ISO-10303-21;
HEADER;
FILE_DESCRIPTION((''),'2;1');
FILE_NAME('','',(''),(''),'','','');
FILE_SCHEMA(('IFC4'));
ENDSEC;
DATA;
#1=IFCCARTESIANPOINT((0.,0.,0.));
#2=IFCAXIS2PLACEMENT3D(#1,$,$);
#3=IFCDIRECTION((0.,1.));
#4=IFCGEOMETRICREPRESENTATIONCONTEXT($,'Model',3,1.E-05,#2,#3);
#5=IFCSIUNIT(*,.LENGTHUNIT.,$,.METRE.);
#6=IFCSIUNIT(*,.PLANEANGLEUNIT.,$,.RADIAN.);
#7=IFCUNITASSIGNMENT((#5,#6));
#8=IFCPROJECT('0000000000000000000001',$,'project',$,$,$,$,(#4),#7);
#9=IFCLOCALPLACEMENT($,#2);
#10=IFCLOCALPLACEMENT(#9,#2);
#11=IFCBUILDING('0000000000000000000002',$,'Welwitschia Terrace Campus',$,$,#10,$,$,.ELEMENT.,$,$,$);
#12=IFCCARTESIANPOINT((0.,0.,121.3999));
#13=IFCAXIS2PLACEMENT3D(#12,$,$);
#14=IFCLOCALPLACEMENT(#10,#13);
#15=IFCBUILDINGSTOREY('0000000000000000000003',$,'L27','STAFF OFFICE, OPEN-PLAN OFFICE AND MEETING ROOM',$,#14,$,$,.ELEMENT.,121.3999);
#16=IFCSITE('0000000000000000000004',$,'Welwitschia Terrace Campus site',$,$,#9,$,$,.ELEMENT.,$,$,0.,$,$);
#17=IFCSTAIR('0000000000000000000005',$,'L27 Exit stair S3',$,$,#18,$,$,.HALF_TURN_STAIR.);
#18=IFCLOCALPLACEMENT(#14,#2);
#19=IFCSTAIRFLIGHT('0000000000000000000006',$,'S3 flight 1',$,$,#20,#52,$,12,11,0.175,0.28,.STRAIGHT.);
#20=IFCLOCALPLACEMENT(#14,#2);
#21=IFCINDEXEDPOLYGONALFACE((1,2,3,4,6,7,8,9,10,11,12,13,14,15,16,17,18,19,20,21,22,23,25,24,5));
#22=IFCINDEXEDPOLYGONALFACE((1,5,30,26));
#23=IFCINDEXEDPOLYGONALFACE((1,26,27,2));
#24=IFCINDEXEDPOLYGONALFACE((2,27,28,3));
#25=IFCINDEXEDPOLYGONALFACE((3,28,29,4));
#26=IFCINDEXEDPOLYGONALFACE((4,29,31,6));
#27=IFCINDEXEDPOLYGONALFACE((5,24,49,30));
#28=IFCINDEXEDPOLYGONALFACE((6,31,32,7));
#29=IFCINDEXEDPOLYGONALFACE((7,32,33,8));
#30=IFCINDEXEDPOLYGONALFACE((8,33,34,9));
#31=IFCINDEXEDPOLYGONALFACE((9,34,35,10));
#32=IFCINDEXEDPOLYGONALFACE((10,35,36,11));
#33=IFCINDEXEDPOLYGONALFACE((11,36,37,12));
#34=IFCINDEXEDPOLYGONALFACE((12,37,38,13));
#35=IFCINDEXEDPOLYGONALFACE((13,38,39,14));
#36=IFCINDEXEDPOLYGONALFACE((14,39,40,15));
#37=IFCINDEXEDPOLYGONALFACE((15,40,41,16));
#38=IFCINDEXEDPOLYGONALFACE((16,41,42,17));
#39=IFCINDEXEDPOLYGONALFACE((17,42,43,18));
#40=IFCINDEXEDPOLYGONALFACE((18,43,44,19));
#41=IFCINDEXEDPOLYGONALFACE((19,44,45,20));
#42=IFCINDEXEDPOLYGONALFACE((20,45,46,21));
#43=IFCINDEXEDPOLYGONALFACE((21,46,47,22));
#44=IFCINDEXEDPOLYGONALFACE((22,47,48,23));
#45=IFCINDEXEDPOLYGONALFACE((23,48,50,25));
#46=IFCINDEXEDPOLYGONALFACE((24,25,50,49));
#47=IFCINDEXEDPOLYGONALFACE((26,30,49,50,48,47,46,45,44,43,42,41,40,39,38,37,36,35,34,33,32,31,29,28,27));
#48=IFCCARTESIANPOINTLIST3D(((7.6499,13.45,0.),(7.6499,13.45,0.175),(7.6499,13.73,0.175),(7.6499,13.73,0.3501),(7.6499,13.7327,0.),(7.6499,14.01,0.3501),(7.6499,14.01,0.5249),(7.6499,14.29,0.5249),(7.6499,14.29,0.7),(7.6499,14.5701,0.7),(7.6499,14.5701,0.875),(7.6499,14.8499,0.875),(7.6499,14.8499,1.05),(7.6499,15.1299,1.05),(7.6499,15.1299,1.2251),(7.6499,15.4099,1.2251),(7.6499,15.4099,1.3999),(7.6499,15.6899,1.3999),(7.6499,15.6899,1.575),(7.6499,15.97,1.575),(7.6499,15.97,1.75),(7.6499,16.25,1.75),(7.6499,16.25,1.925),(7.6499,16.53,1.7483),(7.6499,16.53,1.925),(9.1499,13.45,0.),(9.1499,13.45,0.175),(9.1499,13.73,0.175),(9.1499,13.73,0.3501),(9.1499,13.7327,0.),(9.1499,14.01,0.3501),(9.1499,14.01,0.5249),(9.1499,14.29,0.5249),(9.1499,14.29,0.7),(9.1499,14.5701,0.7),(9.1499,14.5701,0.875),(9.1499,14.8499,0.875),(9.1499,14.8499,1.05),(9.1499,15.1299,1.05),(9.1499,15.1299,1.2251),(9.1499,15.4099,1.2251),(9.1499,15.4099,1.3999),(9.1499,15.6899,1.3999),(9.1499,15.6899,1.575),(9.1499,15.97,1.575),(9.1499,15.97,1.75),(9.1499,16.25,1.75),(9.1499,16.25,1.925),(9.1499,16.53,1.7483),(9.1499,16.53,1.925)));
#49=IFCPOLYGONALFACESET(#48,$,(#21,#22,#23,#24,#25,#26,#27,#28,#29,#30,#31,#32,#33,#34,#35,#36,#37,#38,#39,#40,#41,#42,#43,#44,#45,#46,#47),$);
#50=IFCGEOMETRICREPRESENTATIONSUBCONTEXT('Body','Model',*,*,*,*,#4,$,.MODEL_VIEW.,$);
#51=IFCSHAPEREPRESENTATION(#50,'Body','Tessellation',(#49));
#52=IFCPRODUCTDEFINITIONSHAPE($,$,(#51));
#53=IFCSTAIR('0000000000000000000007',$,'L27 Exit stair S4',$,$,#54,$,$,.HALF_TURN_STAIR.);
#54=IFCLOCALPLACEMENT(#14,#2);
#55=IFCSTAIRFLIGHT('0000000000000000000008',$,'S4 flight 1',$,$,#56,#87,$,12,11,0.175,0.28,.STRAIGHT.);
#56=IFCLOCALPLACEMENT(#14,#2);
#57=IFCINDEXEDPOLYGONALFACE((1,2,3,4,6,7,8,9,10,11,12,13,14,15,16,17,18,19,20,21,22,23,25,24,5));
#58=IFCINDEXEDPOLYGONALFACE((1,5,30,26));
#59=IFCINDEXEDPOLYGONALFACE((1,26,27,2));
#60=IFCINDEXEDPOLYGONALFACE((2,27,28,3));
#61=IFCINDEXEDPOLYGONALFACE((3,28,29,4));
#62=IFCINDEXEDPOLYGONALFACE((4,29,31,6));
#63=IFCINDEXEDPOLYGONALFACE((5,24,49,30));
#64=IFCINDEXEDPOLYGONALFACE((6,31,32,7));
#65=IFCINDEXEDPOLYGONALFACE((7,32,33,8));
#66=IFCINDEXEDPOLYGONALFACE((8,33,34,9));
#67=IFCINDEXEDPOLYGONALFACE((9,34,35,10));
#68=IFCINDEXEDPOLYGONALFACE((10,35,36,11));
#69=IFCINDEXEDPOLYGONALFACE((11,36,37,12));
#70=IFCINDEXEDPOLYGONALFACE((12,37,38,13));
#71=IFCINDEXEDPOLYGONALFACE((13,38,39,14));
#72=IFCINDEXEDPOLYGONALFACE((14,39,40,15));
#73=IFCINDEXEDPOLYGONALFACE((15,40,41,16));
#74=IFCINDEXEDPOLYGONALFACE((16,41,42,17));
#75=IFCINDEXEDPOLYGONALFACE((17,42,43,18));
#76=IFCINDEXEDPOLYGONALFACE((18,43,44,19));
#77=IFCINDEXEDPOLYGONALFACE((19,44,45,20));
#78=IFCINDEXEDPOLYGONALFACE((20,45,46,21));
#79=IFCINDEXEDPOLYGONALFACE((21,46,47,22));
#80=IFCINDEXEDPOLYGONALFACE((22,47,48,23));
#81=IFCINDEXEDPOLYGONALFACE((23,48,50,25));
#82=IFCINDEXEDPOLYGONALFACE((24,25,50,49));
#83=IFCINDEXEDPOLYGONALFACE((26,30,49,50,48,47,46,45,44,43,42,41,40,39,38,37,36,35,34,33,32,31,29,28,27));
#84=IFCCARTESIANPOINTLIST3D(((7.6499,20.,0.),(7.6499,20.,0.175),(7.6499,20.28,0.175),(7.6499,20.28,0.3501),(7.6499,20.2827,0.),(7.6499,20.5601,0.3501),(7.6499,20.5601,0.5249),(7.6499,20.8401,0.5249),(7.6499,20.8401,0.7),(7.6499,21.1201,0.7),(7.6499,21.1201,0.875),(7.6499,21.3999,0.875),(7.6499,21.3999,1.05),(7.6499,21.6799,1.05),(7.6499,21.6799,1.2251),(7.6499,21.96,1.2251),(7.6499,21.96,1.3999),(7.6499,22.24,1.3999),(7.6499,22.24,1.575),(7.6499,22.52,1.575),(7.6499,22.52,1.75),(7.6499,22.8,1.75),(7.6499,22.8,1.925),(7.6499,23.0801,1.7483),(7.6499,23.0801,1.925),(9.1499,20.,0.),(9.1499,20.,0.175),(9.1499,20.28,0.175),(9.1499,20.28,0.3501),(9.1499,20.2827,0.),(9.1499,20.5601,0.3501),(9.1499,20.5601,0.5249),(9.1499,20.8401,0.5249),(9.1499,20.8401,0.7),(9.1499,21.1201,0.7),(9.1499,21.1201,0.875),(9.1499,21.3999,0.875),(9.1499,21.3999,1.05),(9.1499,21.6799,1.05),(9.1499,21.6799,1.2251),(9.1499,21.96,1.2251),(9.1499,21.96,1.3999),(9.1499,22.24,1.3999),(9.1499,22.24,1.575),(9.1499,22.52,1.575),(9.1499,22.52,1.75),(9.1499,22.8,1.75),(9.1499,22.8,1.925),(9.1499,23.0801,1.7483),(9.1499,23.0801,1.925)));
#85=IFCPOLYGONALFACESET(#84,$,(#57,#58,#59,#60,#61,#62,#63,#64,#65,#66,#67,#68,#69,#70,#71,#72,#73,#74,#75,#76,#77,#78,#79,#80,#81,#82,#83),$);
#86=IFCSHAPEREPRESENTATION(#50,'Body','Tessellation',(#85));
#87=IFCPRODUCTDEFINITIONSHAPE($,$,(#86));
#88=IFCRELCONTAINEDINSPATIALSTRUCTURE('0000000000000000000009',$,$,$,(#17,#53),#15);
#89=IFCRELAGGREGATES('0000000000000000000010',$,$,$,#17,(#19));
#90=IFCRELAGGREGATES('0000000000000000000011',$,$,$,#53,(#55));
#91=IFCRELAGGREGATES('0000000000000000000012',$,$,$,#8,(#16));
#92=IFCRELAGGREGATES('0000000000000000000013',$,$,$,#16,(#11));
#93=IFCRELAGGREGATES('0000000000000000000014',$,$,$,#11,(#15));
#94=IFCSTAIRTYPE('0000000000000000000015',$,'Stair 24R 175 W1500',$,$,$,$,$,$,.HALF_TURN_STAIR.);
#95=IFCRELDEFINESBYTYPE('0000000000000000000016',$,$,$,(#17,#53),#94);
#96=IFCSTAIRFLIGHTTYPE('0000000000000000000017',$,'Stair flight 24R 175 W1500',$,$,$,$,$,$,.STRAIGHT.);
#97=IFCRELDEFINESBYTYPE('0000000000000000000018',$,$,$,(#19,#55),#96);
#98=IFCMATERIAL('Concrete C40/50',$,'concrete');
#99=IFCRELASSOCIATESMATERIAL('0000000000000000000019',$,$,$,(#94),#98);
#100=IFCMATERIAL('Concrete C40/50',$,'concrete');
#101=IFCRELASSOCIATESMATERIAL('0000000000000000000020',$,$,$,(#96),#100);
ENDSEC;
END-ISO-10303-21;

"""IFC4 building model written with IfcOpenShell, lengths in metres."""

from ifc_helpers import new_model, si_unit, direction, frame, origin, place, context, subcontext, project, spatial, polyline, outline, extrude, material, type_object, element, aggregate, save


model = new_model("IFC4")

# Units and contexts
model_context = context("Model", 3, precision=1e-05, world=origin(), true_north=direction((0.0, 1.0)))
body_context = subcontext(model_context, "Body", "Model", "MODEL_VIEW")
ifc_project = project(units=[si_unit("LENGTHUNIT", "METRE"), si_unit("PLANEANGLEUNIT", "RADIAN")], contexts=[model_context])

# Site, building, storey
site_placement = place(None, origin())
site = spatial("IfcSite", under=ifc_project, at=site_placement, Name="Welwitschia Terrace Campus site", CompositionType="ELEMENT", RefElevation=0.0)
building_placement = place(site_placement, origin())
building = spatial("IfcBuilding", under=site, at=building_placement, Name="Welwitschia Terrace Campus", CompositionType="ELEMENT")
storey_placement = place(building_placement, frame((0.0, 0.0, 121.3999)))
storey = spatial("IfcBuildingStorey", under=building, at=storey_placement, Name="L27", Description="STAFF OFFICE, OPEN-PLAN OFFICE AND MEETING ROOM", CompositionType="ELEMENT", Elevation=121.3999)

# Stairs, stair flights
ifc_material_1 = material(Name="Concrete C40/50", Category="concrete")
stair_type = type_object("IfcStairType", Name="Stair 24R 175 W1500", PredefinedType="HALF_TURN_STAIR", material=ifc_material_1)
stair_1_placement = place(storey_placement, origin())
stair_1 = element("IfcStair", 1, at=stair_1_placement, inside=storey, type_object=stair_type, Name="L27 Exit stair S3", PredefinedType="HALF_TURN_STAIR")
ifc_material_2 = material(Name="Concrete C40/50", Category="concrete")
stair_flight_type = type_object("IfcStairFlightType", Name="Stair flight 24R 175 W1500", PredefinedType="STRAIGHT", material=ifc_material_2)
stair_flight_1_placement = place(storey_placement, frame((8.3999, 13.45, 0.0), z_axis=(0.0, 0.0, 1.0), x_axis=(0.0, 1.0, 0.0)))
stair_flight_1 = element("IfcStairFlight", 2, at=stair_flight_1_placement, type_object=stair_flight_type, Name="S3 flight 1", NumberOfRisers=12, NumberOfTreads=11, PredefinedType="STRAIGHT", RiserHeight=0.175, TreadLength=0.28, context=body_context, shape_type="SweptSolid", body=[
    extrude(outline(polyline([(0.0, 0.0), (0.0, 0.175), (0.28, 0.175), (0.28, 0.3501), (0.5601, 0.3501), (0.5601, 0.5249), (0.8401, 0.5249), (0.8401, 0.7), (1.1201, 0.7), (1.1201, 0.875), (1.3999, 0.875), (1.3999, 1.05), (1.6799, 1.05), (1.6799, 1.2251), (1.96, 1.2251), (1.96, 1.3999), (2.24, 1.3999), (2.24, 1.575), (2.52, 1.575), (2.52, 1.75), (2.8, 1.75), (2.8, 1.925), (3.0801, 1.925), (3.0801, 2.1001), (3.0801, 1.7483), (0.2827, 0.0), (0.0, 0.0)])), frame((0.0, 0.75, 0.0), z_axis=(0.0, -1.0, 0.0), x_axis=(1.0, 0.0, 0.0)), (0.0, 0.0, 1.0), 1.5),
])
aggregate(stair_1, [stair_flight_1])
stair_2_placement = place(storey_placement, origin())
stair_2 = element("IfcStair", 3, at=stair_2_placement, inside=storey, type_object=stair_type, Name="L27 Exit stair S4", PredefinedType="HALF_TURN_STAIR")
stair_flight_2_placement = place(storey_placement, frame((8.3999, 20.0, 0.0), z_axis=(0.0, 0.0, 1.0), x_axis=(0.0, 1.0, 0.0)))
stair_flight_2 = element("IfcStairFlight", 4, at=stair_flight_2_placement, type_object=stair_flight_type, Name="S4 flight 1", NumberOfRisers=12, NumberOfTreads=11, PredefinedType="STRAIGHT", RiserHeight=0.175, TreadLength=0.28, context=body_context, shape_type="SweptSolid", body=[
    extrude(outline(polyline([(0.0, 0.0), (0.0, 0.175), (0.28, 0.175), (0.28, 0.3501), (0.5601, 0.3501), (0.5601, 0.5249), (0.8401, 0.5249), (0.8401, 0.7), (1.1201, 0.7), (1.1201, 0.875), (1.3999, 0.875), (1.3999, 1.05), (1.6799, 1.05), (1.6799, 1.2251), (1.96, 1.2251), (1.96, 1.3999), (2.24, 1.3999), (2.24, 1.575), (2.52, 1.575), (2.52, 1.75), (2.8, 1.75), (2.8, 1.925), (3.0801, 1.925), (3.0801, 2.1001), (3.0801, 1.7483), (0.2827, 0.0), (0.0, 0.0)])), frame((0.0, 0.75, 0.0), z_axis=(0.0, -1.0, 0.0), x_axis=(1.0, 0.0, 0.0)), (0.0, 0.0, 1.0), 1.5),
])
aggregate(stair_2, [stair_flight_2])

save(model, "model.ifc")
